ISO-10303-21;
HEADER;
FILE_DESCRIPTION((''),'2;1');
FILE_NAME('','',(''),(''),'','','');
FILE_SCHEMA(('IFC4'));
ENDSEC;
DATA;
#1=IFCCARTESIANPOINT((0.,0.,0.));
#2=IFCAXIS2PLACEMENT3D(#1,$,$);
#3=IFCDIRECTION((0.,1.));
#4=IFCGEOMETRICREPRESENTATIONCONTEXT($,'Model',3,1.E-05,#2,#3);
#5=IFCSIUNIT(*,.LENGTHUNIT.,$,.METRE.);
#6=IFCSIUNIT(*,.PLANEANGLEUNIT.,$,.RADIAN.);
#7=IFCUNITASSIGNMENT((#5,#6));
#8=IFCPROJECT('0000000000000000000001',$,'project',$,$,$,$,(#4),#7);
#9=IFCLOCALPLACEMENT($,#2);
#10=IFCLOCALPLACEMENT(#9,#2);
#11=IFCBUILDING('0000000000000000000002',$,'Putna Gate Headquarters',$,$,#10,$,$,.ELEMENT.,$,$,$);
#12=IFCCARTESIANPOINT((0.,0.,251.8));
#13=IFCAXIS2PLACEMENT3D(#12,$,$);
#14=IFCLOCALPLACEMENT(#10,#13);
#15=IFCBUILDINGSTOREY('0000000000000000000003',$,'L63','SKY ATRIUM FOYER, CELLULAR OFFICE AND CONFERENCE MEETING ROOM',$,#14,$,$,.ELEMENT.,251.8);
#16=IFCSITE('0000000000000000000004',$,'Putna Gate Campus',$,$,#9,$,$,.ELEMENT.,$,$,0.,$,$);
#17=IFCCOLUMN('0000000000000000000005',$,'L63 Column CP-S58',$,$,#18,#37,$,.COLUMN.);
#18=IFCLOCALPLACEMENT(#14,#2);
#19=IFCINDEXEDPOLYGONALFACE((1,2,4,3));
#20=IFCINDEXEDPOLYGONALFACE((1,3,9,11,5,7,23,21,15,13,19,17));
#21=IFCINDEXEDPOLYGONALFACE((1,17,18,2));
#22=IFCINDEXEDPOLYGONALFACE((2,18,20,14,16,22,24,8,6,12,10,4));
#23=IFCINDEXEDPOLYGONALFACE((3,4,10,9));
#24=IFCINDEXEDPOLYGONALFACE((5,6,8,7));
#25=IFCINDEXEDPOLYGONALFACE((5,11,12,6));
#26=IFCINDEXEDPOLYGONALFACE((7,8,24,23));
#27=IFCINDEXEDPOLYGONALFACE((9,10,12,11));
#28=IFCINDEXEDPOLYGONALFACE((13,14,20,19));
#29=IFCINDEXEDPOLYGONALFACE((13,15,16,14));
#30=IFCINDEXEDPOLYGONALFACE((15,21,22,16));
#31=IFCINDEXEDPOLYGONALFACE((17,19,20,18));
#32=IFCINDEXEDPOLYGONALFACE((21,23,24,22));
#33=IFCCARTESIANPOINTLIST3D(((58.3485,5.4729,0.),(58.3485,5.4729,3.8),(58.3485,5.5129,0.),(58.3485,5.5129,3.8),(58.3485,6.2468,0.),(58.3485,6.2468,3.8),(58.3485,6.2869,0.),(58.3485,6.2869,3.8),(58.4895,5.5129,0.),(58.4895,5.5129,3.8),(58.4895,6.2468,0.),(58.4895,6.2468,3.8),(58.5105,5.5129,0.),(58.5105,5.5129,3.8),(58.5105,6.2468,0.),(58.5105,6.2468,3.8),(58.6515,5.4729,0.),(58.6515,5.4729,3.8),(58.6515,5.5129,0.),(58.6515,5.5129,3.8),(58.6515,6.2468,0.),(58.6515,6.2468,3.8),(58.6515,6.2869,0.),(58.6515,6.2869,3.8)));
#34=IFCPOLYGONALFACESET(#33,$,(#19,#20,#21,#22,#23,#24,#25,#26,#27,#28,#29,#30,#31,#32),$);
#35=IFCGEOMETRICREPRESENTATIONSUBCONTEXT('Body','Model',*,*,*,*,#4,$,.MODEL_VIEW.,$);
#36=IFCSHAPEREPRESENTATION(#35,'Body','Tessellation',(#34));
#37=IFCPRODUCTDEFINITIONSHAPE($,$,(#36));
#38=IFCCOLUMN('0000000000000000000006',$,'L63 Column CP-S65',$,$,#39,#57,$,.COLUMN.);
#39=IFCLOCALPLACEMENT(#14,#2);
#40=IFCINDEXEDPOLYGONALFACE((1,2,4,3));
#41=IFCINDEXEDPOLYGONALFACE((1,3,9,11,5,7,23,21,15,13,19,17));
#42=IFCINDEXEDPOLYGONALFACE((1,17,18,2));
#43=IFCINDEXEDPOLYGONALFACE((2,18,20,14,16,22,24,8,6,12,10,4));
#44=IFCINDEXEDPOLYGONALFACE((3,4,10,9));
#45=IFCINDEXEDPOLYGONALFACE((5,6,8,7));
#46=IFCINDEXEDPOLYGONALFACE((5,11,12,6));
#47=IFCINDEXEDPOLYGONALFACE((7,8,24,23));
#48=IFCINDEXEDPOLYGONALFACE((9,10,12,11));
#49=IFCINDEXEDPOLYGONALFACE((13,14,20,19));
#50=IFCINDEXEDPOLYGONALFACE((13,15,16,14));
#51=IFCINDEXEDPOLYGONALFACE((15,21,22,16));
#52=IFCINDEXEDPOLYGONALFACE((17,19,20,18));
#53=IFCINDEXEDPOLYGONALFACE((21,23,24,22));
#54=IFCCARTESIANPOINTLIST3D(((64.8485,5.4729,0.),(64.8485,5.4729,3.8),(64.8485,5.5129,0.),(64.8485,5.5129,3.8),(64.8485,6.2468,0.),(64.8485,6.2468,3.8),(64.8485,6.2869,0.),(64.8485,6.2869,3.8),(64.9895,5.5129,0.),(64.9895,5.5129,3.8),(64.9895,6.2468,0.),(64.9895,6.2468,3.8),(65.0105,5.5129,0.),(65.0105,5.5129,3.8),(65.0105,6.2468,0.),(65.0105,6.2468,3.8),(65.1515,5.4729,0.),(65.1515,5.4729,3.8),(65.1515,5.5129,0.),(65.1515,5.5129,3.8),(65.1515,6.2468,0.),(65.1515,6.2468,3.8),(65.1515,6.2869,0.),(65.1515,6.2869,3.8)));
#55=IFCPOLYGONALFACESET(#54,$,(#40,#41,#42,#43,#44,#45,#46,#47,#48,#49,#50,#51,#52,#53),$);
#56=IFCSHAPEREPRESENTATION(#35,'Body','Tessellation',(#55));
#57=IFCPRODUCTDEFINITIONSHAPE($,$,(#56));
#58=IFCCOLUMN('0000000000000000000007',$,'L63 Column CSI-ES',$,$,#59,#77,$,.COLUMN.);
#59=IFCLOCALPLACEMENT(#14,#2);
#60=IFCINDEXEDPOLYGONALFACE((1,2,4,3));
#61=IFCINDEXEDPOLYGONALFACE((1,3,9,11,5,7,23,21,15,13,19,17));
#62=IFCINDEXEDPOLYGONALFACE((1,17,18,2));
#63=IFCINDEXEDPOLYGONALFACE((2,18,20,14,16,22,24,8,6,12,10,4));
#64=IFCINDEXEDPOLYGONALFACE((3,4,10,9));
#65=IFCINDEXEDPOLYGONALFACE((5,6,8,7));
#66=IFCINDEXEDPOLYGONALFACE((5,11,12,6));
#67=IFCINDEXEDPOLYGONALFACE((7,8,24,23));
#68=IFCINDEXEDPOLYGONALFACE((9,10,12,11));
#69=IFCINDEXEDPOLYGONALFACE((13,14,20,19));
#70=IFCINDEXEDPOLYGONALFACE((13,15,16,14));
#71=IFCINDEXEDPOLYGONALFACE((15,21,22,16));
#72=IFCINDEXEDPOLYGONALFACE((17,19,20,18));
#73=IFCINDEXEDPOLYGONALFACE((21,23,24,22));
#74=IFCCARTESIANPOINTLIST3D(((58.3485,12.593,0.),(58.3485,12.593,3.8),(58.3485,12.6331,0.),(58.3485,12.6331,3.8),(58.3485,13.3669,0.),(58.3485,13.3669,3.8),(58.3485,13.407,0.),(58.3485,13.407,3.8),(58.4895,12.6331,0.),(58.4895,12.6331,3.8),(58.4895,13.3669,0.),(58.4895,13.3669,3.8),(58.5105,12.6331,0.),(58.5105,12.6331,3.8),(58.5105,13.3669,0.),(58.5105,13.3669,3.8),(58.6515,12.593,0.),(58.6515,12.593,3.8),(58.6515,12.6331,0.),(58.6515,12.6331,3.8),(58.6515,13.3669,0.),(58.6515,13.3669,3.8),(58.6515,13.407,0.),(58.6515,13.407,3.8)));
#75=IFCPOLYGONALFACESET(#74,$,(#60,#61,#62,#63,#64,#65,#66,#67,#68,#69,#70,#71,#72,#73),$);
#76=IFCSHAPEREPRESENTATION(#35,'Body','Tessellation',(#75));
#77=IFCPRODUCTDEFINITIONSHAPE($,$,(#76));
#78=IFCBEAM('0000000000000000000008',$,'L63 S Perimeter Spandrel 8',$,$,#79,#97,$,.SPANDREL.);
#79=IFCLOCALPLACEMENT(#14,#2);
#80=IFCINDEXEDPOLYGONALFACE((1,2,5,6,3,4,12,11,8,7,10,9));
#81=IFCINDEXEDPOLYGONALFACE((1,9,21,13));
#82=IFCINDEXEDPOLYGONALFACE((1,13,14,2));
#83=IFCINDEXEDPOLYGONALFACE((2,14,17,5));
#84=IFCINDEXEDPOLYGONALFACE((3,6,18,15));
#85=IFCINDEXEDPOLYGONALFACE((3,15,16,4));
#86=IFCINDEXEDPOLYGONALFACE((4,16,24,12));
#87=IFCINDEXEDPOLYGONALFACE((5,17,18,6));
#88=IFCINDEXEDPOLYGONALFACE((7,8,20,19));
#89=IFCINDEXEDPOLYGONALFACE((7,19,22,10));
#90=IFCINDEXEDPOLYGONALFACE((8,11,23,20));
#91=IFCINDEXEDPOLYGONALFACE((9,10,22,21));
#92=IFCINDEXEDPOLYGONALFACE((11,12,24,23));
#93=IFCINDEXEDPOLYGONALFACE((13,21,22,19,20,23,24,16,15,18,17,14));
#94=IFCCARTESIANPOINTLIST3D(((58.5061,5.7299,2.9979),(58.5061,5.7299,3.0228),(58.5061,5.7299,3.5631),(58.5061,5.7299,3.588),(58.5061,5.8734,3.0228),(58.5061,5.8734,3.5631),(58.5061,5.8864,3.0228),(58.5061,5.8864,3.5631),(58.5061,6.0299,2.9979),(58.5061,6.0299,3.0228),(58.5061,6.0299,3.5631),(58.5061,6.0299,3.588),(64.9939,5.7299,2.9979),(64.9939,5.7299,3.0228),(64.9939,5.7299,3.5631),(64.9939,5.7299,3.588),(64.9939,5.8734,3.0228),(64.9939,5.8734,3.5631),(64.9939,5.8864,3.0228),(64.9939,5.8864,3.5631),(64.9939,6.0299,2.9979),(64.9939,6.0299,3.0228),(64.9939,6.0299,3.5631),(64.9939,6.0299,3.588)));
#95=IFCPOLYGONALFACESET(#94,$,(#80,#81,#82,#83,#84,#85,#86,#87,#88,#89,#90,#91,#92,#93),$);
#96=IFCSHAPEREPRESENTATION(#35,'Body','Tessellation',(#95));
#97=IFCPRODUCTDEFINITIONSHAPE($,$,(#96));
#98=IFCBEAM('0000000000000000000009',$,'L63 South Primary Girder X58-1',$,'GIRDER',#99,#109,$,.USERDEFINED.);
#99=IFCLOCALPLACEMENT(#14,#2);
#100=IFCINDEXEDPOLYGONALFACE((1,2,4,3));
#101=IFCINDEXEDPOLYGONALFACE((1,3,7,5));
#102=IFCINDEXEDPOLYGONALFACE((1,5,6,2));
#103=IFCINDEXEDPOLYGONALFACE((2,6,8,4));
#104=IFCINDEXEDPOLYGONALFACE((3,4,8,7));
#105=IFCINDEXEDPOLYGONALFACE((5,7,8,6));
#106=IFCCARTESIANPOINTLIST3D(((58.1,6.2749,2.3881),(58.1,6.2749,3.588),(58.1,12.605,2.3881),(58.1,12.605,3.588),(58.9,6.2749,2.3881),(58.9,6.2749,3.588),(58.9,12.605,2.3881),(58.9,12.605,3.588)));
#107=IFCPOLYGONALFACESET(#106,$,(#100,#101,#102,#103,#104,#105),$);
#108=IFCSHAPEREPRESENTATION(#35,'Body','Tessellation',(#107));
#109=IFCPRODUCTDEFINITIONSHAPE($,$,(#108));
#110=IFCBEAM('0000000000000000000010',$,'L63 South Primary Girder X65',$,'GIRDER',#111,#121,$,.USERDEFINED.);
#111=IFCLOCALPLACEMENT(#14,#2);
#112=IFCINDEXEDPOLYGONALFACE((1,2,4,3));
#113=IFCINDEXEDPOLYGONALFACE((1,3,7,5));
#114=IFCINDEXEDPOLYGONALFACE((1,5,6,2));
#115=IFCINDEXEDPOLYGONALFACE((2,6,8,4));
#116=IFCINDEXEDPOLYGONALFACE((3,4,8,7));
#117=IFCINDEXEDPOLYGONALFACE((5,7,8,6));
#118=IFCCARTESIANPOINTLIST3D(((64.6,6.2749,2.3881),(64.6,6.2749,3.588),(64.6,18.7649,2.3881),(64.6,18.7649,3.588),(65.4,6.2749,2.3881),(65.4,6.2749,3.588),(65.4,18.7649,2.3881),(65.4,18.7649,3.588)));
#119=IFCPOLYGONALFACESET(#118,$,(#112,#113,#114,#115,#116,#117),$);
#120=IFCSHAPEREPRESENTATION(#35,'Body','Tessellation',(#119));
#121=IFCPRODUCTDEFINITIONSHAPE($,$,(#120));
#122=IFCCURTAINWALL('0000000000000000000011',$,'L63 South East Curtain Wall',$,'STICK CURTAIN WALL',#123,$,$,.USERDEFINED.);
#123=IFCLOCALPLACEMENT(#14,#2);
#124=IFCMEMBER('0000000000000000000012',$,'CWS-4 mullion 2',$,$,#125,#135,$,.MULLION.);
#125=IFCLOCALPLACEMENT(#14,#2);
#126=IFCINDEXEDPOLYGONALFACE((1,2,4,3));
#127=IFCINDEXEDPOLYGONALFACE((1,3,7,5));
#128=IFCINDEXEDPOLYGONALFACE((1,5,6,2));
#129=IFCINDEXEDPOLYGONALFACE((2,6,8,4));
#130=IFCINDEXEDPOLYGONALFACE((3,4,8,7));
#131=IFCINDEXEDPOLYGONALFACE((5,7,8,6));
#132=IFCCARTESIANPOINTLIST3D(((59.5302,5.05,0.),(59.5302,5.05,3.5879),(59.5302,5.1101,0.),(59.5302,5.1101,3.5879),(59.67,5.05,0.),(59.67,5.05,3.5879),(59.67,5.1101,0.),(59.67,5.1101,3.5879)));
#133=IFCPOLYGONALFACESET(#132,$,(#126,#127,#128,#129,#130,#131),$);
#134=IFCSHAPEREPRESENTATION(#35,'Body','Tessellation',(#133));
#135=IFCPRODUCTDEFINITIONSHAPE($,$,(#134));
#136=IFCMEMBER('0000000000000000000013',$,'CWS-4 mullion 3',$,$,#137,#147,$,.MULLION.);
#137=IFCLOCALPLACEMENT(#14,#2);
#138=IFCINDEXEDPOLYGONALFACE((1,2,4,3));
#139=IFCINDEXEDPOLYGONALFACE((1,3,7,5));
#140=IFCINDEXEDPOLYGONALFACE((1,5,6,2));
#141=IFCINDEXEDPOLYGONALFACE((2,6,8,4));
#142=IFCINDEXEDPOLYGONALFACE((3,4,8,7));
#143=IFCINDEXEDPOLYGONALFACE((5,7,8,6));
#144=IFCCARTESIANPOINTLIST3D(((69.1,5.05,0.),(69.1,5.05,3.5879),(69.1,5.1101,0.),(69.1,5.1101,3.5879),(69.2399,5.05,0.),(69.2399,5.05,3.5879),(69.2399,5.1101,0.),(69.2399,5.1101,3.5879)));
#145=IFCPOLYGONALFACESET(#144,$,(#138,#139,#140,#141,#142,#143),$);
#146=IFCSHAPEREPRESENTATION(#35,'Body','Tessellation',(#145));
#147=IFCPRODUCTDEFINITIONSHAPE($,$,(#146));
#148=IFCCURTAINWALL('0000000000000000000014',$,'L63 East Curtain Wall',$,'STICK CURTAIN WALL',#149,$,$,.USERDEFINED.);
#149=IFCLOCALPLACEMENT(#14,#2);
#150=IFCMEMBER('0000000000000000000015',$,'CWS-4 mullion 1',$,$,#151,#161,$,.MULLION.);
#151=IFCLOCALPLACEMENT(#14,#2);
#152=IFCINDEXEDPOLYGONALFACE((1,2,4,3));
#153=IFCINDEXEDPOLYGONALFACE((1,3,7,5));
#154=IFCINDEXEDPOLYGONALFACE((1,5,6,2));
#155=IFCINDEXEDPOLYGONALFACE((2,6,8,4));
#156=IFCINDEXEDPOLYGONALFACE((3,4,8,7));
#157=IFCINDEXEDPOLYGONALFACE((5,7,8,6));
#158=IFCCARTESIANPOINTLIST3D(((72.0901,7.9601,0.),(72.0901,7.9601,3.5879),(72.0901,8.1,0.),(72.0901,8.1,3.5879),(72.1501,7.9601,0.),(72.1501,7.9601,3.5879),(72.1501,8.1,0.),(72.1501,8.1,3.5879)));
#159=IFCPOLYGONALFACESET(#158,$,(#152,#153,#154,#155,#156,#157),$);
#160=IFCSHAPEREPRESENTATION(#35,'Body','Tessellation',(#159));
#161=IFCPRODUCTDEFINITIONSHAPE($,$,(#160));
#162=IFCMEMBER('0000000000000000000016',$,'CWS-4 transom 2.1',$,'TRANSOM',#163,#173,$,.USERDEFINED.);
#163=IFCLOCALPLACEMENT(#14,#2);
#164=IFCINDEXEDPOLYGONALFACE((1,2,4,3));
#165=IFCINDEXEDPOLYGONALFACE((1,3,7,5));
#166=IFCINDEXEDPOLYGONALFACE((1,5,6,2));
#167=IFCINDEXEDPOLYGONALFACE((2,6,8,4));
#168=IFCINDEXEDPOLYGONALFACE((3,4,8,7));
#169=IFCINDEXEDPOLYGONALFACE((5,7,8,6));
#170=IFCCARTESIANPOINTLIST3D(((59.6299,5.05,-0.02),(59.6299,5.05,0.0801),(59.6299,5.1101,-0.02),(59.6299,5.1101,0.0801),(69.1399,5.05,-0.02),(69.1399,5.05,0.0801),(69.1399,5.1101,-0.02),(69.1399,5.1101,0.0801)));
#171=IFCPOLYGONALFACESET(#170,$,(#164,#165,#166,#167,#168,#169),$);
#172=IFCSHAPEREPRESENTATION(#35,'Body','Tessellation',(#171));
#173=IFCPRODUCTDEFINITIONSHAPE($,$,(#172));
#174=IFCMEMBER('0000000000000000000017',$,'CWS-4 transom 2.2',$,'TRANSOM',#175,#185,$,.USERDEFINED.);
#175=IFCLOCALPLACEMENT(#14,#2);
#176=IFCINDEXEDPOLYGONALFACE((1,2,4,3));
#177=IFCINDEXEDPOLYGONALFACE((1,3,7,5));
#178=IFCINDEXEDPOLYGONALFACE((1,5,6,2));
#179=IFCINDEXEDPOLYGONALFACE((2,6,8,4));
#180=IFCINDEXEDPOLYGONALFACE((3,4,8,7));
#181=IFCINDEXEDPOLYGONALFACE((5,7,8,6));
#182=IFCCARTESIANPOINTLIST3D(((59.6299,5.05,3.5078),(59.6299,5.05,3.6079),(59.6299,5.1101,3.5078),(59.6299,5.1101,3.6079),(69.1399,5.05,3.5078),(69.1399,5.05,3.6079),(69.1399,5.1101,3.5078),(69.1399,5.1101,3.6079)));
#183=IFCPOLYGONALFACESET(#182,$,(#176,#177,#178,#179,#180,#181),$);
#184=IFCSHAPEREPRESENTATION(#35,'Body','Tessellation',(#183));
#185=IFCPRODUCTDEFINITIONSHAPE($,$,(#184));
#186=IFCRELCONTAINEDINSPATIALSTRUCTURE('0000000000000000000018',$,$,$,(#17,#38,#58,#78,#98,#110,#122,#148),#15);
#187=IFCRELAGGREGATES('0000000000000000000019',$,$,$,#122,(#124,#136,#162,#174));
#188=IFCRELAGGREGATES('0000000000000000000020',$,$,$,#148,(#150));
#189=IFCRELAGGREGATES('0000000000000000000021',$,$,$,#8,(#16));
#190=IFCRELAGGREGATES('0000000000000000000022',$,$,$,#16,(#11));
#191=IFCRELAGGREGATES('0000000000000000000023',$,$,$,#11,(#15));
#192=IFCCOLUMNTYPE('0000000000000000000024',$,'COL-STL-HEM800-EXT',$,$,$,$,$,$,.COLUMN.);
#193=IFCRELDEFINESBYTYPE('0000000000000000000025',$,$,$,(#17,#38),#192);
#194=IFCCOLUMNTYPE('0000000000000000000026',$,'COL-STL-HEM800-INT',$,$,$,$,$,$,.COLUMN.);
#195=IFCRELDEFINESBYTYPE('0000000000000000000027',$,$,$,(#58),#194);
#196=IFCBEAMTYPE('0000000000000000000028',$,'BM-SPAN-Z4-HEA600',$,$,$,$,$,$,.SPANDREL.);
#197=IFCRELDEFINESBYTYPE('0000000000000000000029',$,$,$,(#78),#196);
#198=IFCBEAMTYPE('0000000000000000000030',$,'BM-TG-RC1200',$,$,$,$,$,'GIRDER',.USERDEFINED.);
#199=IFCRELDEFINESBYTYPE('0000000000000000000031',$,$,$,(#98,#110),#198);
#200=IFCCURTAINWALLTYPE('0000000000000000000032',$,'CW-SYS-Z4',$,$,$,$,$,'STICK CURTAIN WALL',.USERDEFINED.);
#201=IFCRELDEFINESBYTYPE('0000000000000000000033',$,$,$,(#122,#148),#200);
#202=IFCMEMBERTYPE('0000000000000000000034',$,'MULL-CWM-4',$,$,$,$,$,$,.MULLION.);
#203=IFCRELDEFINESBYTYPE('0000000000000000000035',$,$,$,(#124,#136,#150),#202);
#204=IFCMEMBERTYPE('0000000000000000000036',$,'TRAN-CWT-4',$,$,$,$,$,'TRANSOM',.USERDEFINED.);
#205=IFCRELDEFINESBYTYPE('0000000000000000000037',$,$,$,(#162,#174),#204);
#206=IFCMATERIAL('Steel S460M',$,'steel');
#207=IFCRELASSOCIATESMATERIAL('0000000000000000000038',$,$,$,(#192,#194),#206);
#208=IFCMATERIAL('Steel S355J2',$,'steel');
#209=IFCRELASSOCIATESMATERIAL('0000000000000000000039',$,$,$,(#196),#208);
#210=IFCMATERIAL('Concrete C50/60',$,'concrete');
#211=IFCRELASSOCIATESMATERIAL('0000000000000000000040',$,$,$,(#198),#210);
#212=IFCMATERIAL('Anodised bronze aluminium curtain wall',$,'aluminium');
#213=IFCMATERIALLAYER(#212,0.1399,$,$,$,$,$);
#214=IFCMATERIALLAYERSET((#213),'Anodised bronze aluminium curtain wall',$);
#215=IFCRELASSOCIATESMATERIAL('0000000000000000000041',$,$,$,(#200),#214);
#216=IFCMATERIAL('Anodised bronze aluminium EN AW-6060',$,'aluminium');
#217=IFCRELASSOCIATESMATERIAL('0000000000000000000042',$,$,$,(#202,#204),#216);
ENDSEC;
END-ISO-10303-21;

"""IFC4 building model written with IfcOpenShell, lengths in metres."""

from ifc_helpers import new_model, si_unit, direction, frame, origin, origin_2d, place, context, subcontext, project, spatial, rectangle, i_section, extrude, material, layer, layer_set, material_profile, profile_set, type_object, element, aggregate, save


model = new_model("IFC4")

# Units and contexts
model_context = context("Model", 3, precision=1e-05, world=origin(), true_north=direction((0.0, 1.0)))
body_context = subcontext(model_context, "Body", "Model", "MODEL_VIEW")
ifc_project = project(units=[si_unit("LENGTHUNIT", "METRE"), si_unit("PLANEANGLEUNIT", "RADIAN")], contexts=[model_context])

# Site, building, storey
site_placement = place(None, origin())
site = spatial("IfcSite", under=ifc_project, at=site_placement, Name="Putna Gate Campus", CompositionType="ELEMENT", RefElevation=0.0)
building_placement = place(site_placement, origin())
building = spatial("IfcBuilding", under=site, at=building_placement, Name="Putna Gate Headquarters", CompositionType="ELEMENT")
storey_placement = place(building_placement, frame((0.0, 0.0, 251.8)))
storey = spatial("IfcBuildingStorey", under=building, at=storey_placement, Name="L63", Description="SKY ATRIUM FOYER, CELLULAR OFFICE AND CONFERENCE MEETING ROOM", CompositionType="ELEMENT", Elevation=251.8)

# Columns
ifc_material_1 = material(Name="Steel S460M", Category="steel")
ifc_material_profile_1 = material_profile(ifc_material_1, i_section(OverallWidth=0.303, OverallDepth=0.814, WebThickness=0.021, FlangeThickness=0.04, at=origin_2d()), Name="Steel S460M")
ifc_profile_set_1 = profile_set([ifc_material_profile_1], Name="Steel S460M")
column_type_1 = type_object("IfcColumnType", Name="COL-STL-HEM800-EXT", PredefinedType="COLUMN", material=ifc_profile_set_1)
for number, where, z_axis, x_axis, name in (
    (1, (58.5, 5.8799, 0.0), (0.0, 0.0, 1.0), (1.0, 0.0, 0.0), "L63 Column CP-S58"),
    (2, (65.0, 5.8799, 0.0), (0.0, 0.0, 1.0), (1.0, 0.0, 0.0), "L63 Column CP-S65"),
):
    element("IfcColumn", number, at=place(storey_placement, frame(where, z_axis=z_axis, x_axis=x_axis)), inside=storey, type_object=column_type_1, Name=name, PredefinedType="COLUMN", context=body_context, shape_type="SweptSolid", body=[
        extrude(i_section(OverallWidth=0.303, OverallDepth=0.814, WebThickness=0.021, FlangeThickness=0.04, at=origin_2d()), origin(), (0.0, 0.0, 1.0), 3.8),
    ])
ifc_material_profile_2 = material_profile(ifc_material_1, i_section(OverallWidth=0.303, OverallDepth=0.814, WebThickness=0.021, FlangeThickness=0.04, at=origin_2d()), Name="Steel S460M")
ifc_profile_set_2 = profile_set([ifc_material_profile_2], Name="Steel S460M")
column_type_2 = type_object("IfcColumnType", Name="COL-STL-HEM800-INT", PredefinedType="COLUMN", material=ifc_profile_set_2)
column_placement = place(storey_placement, frame((58.5, 13.0, 0.0), z_axis=(0.0, 0.0, 1.0), x_axis=(1.0, 0.0, 0.0)))
element("IfcColumn", 3, at=column_placement, inside=storey, type_object=column_type_2, Name="L63 Column CSI-ES", PredefinedType="COLUMN", context=body_context, shape_type="SweptSolid", body=[
    extrude(i_section(OverallWidth=0.303, OverallDepth=0.814, WebThickness=0.021, FlangeThickness=0.04, at=origin_2d()), origin(), (0.0, 0.0, 1.0), 3.8),
])

# Beams
ifc_material_2 = material(Name="Steel S355J2", Category="steel")
ifc_material_profile_3 = material_profile(ifc_material_2, i_section(OverallWidth=0.3, OverallDepth=0.5901, WebThickness=0.0129, FlangeThickness=0.0249, at=origin_2d()), Name="Steel S355J2")
ifc_profile_set_3 = profile_set([ifc_material_profile_3], Name="Steel S355J2")
beam_type_1 = type_object("IfcBeamType", Name="BM-SPAN-Z4-HEA600", PredefinedType="SPANDREL", material=ifc_profile_set_3)
beam_1_placement = place(storey_placement, frame((58.5061, 5.8799, 3.293), z_axis=(1.0, 0.0, 0.0), x_axis=(0.0, 1.0, 0.0)))
element("IfcBeam", 4, at=beam_1_placement, inside=storey, type_object=beam_type_1, Name="L63 S Perimeter Spandrel 8", PredefinedType="SPANDREL", context=body_context, shape_type="SweptSolid", body=[
    extrude(i_section(OverallWidth=0.3, OverallDepth=0.5901, WebThickness=0.0129, FlangeThickness=0.0249, at=origin_2d()), origin(), (0.0, 0.0, 1.0), 6.4878),
])
ifc_material_3 = material(Name="Concrete C50/60", Category="concrete")
ifc_material_profile_4 = material_profile(ifc_material_3, rectangle(XDim=0.8, YDim=1.2, at=origin_2d()), Name="Concrete C50/60")
ifc_profile_set_4 = profile_set([ifc_material_profile_4], Name="Concrete C50/60")
beam_type_2 = type_object("IfcBeamType", Name="BM-TG-RC1200", ElementType="GIRDER", PredefinedType="USERDEFINED", material=ifc_profile_set_4)
beam_2_placement = place(storey_placement, frame((58.5, 6.2749, 2.988), z_axis=(0.0, 1.0, 0.0), x_axis=(-1.0, 0.0, 0.0)))
element("IfcBeam", 5, at=beam_2_placement, inside=storey, type_object=beam_type_2, Name="L63 South Primary Girder X58-1", ObjectType="GIRDER", PredefinedType="USERDEFINED", context=body_context, shape_type="SweptSolid", body=[
    extrude(rectangle(XDim=0.8, YDim=1.2, at=origin_2d()), origin(), (0.0, 0.0, 1.0), 6.3301),
])
beam_3_placement = place(storey_placement, frame((65.0, 6.2749, 2.988), z_axis=(0.0, 1.0, 0.0), x_axis=(-1.0, 0.0, 0.0)))
element("IfcBeam", 6, at=beam_3_placement, inside=storey, type_object=beam_type_2, Name="L63 South Primary Girder X65", ObjectType="GIRDER", PredefinedType="USERDEFINED", context=body_context, shape_type="SweptSolid", body=[
    extrude(rectangle(XDim=0.8, YDim=1.2, at=origin_2d()), origin(), (0.0, 0.0, 1.0), 12.49),
])

# Curtain wall, members
ifc_material_4 = material(Name="Anodised bronze aluminium curtain wall", Category="aluminium")
ifc_layer_1 = layer(ifc_material_4, 0.1399)
ifc_layer_set_1 = layer_set([ifc_layer_1], Name="Anodised bronze aluminium curtain wall")
curtain_wall_type = type_object("IfcCurtainWallType", Name="CW-SYS-Z4", ElementType="STICK CURTAIN WALL", PredefinedType="USERDEFINED", material=ifc_layer_set_1)
curtain_wall_1_placement = place(storey_placement, origin())
curtain_wall_1 = element("IfcCurtainWall", 7, at=curtain_wall_1_placement, inside=storey, type_object=curtain_wall_type, Name="L63 South East Curtain Wall", ObjectType="STICK CURTAIN WALL", PredefinedType="USERDEFINED")
ifc_material_5 = material(Name="Anodised bronze aluminium EN AW-6060", Category="aluminium")
ifc_material_profile_5 = material_profile(ifc_material_5, rectangle(XDim=0.0601, YDim=0.1399, at=origin_2d()), Name="Anodised bronze aluminium EN AW-6060")
ifc_profile_set_5 = profile_set([ifc_material_profile_5], Name="Anodised bronze aluminium EN AW-6060")
member_type_1 = type_object("IfcMemberType", Name="MULL-CWM-4", PredefinedType="MULLION", material=ifc_profile_set_5)
member_1_placement = place(storey_placement, frame((59.6001, 5.0801, 0.0), z_axis=(0.0, 0.0, 1.0), x_axis=(0.0, 1.0, 0.0)))
member_1 = element("IfcMember", 8, at=member_1_placement, type_object=member_type_1, Name="CWS-4 mullion 2", PredefinedType="MULLION", context=body_context, shape_type="SweptSolid", body=[
    extrude(rectangle(XDim=0.0601, YDim=0.1399, at=origin_2d()), origin(), (0.0, 0.0, 1.0), 3.5879),
])
member_2_placement = place(storey_placement, frame((69.1699, 5.0801, 0.0), z_axis=(0.0, 0.0, 1.0), x_axis=(0.0, 1.0, 0.0)))
member_2 = element("IfcMember", 9, at=member_2_placement, type_object=member_type_1, Name="CWS-4 mullion 3", PredefinedType="MULLION", context=body_context, shape_type="SweptSolid", body=[
    extrude(rectangle(XDim=0.0601, YDim=0.1399, at=origin_2d()), origin(), (0.0, 0.0, 1.0), 3.5879),
])

# Curtain wall, member
curtain_wall_2_placement = place(storey_placement, origin())
curtain_wall_2 = element("IfcCurtainWall", 10, at=curtain_wall_2_placement, inside=storey, type_object=curtain_wall_type, Name="L63 East Curtain Wall", ObjectType="STICK CURTAIN WALL", PredefinedType="USERDEFINED")
member_3_placement = place(storey_placement, frame((72.1201, 8.03, 0.0), z_axis=(0.0, 0.0, 1.0), x_axis=(-1.0, 0.0, 0.0)))
member_3 = element("IfcMember", 11, at=member_3_placement, type_object=member_type_1, Name="CWS-4 mullion 1", PredefinedType="MULLION", context=body_context, shape_type="SweptSolid", body=[
    extrude(rectangle(XDim=0.0601, YDim=0.1399, at=origin_2d()), origin(), (0.0, 0.0, 1.0), 3.5879),
])

# Members
ifc_material_profile_6 = material_profile(ifc_material_5, rectangle(XDim=0.0601, YDim=0.1001, at=origin_2d()), Name="Anodised bronze aluminium EN AW-6060")
ifc_profile_set_6 = profile_set([ifc_material_profile_6], Name="Anodised bronze aluminium EN AW-6060")
member_type_2 = type_object("IfcMemberType", Name="TRAN-CWT-4", ElementType="TRANSOM", PredefinedType="USERDEFINED", material=ifc_profile_set_6)
member_4_placement = place(storey_placement, frame((59.6299, 5.0801, 0.03), z_axis=(1.0, 0.0, 0.0), x_axis=(0.0, 1.0, 0.0)))
member_4 = element("IfcMember", 12, at=member_4_placement, type_object=member_type_2, Name="CWS-4 transom 2.1", ObjectType="TRANSOM", PredefinedType="USERDEFINED", context=body_context, shape_type="SweptSolid", body=[
    extrude(rectangle(XDim=0.0601, YDim=0.1001, at=origin_2d()), origin(), (0.0, 0.0, 1.0), 9.51),
])
member_5_placement = place(storey_placement, frame((59.6299, 5.0801, 3.5579), z_axis=(1.0, 0.0, 0.0), x_axis=(0.0, 1.0, 0.0)))
member_5 = element("IfcMember", 13, at=member_5_placement, type_object=member_type_2, Name="CWS-4 transom 2.2", ObjectType="TRANSOM", PredefinedType="USERDEFINED", context=body_context, shape_type="SweptSolid", body=[
    extrude(rectangle(XDim=0.0601, YDim=0.1001, at=origin_2d()), origin(), (0.0, 0.0, 1.0), 9.51),
])

aggregate(curtain_wall_1, [member_1, member_2, member_4, member_5])
aggregate(curtain_wall_2, [member_3])

save(model, "model.ifc")
